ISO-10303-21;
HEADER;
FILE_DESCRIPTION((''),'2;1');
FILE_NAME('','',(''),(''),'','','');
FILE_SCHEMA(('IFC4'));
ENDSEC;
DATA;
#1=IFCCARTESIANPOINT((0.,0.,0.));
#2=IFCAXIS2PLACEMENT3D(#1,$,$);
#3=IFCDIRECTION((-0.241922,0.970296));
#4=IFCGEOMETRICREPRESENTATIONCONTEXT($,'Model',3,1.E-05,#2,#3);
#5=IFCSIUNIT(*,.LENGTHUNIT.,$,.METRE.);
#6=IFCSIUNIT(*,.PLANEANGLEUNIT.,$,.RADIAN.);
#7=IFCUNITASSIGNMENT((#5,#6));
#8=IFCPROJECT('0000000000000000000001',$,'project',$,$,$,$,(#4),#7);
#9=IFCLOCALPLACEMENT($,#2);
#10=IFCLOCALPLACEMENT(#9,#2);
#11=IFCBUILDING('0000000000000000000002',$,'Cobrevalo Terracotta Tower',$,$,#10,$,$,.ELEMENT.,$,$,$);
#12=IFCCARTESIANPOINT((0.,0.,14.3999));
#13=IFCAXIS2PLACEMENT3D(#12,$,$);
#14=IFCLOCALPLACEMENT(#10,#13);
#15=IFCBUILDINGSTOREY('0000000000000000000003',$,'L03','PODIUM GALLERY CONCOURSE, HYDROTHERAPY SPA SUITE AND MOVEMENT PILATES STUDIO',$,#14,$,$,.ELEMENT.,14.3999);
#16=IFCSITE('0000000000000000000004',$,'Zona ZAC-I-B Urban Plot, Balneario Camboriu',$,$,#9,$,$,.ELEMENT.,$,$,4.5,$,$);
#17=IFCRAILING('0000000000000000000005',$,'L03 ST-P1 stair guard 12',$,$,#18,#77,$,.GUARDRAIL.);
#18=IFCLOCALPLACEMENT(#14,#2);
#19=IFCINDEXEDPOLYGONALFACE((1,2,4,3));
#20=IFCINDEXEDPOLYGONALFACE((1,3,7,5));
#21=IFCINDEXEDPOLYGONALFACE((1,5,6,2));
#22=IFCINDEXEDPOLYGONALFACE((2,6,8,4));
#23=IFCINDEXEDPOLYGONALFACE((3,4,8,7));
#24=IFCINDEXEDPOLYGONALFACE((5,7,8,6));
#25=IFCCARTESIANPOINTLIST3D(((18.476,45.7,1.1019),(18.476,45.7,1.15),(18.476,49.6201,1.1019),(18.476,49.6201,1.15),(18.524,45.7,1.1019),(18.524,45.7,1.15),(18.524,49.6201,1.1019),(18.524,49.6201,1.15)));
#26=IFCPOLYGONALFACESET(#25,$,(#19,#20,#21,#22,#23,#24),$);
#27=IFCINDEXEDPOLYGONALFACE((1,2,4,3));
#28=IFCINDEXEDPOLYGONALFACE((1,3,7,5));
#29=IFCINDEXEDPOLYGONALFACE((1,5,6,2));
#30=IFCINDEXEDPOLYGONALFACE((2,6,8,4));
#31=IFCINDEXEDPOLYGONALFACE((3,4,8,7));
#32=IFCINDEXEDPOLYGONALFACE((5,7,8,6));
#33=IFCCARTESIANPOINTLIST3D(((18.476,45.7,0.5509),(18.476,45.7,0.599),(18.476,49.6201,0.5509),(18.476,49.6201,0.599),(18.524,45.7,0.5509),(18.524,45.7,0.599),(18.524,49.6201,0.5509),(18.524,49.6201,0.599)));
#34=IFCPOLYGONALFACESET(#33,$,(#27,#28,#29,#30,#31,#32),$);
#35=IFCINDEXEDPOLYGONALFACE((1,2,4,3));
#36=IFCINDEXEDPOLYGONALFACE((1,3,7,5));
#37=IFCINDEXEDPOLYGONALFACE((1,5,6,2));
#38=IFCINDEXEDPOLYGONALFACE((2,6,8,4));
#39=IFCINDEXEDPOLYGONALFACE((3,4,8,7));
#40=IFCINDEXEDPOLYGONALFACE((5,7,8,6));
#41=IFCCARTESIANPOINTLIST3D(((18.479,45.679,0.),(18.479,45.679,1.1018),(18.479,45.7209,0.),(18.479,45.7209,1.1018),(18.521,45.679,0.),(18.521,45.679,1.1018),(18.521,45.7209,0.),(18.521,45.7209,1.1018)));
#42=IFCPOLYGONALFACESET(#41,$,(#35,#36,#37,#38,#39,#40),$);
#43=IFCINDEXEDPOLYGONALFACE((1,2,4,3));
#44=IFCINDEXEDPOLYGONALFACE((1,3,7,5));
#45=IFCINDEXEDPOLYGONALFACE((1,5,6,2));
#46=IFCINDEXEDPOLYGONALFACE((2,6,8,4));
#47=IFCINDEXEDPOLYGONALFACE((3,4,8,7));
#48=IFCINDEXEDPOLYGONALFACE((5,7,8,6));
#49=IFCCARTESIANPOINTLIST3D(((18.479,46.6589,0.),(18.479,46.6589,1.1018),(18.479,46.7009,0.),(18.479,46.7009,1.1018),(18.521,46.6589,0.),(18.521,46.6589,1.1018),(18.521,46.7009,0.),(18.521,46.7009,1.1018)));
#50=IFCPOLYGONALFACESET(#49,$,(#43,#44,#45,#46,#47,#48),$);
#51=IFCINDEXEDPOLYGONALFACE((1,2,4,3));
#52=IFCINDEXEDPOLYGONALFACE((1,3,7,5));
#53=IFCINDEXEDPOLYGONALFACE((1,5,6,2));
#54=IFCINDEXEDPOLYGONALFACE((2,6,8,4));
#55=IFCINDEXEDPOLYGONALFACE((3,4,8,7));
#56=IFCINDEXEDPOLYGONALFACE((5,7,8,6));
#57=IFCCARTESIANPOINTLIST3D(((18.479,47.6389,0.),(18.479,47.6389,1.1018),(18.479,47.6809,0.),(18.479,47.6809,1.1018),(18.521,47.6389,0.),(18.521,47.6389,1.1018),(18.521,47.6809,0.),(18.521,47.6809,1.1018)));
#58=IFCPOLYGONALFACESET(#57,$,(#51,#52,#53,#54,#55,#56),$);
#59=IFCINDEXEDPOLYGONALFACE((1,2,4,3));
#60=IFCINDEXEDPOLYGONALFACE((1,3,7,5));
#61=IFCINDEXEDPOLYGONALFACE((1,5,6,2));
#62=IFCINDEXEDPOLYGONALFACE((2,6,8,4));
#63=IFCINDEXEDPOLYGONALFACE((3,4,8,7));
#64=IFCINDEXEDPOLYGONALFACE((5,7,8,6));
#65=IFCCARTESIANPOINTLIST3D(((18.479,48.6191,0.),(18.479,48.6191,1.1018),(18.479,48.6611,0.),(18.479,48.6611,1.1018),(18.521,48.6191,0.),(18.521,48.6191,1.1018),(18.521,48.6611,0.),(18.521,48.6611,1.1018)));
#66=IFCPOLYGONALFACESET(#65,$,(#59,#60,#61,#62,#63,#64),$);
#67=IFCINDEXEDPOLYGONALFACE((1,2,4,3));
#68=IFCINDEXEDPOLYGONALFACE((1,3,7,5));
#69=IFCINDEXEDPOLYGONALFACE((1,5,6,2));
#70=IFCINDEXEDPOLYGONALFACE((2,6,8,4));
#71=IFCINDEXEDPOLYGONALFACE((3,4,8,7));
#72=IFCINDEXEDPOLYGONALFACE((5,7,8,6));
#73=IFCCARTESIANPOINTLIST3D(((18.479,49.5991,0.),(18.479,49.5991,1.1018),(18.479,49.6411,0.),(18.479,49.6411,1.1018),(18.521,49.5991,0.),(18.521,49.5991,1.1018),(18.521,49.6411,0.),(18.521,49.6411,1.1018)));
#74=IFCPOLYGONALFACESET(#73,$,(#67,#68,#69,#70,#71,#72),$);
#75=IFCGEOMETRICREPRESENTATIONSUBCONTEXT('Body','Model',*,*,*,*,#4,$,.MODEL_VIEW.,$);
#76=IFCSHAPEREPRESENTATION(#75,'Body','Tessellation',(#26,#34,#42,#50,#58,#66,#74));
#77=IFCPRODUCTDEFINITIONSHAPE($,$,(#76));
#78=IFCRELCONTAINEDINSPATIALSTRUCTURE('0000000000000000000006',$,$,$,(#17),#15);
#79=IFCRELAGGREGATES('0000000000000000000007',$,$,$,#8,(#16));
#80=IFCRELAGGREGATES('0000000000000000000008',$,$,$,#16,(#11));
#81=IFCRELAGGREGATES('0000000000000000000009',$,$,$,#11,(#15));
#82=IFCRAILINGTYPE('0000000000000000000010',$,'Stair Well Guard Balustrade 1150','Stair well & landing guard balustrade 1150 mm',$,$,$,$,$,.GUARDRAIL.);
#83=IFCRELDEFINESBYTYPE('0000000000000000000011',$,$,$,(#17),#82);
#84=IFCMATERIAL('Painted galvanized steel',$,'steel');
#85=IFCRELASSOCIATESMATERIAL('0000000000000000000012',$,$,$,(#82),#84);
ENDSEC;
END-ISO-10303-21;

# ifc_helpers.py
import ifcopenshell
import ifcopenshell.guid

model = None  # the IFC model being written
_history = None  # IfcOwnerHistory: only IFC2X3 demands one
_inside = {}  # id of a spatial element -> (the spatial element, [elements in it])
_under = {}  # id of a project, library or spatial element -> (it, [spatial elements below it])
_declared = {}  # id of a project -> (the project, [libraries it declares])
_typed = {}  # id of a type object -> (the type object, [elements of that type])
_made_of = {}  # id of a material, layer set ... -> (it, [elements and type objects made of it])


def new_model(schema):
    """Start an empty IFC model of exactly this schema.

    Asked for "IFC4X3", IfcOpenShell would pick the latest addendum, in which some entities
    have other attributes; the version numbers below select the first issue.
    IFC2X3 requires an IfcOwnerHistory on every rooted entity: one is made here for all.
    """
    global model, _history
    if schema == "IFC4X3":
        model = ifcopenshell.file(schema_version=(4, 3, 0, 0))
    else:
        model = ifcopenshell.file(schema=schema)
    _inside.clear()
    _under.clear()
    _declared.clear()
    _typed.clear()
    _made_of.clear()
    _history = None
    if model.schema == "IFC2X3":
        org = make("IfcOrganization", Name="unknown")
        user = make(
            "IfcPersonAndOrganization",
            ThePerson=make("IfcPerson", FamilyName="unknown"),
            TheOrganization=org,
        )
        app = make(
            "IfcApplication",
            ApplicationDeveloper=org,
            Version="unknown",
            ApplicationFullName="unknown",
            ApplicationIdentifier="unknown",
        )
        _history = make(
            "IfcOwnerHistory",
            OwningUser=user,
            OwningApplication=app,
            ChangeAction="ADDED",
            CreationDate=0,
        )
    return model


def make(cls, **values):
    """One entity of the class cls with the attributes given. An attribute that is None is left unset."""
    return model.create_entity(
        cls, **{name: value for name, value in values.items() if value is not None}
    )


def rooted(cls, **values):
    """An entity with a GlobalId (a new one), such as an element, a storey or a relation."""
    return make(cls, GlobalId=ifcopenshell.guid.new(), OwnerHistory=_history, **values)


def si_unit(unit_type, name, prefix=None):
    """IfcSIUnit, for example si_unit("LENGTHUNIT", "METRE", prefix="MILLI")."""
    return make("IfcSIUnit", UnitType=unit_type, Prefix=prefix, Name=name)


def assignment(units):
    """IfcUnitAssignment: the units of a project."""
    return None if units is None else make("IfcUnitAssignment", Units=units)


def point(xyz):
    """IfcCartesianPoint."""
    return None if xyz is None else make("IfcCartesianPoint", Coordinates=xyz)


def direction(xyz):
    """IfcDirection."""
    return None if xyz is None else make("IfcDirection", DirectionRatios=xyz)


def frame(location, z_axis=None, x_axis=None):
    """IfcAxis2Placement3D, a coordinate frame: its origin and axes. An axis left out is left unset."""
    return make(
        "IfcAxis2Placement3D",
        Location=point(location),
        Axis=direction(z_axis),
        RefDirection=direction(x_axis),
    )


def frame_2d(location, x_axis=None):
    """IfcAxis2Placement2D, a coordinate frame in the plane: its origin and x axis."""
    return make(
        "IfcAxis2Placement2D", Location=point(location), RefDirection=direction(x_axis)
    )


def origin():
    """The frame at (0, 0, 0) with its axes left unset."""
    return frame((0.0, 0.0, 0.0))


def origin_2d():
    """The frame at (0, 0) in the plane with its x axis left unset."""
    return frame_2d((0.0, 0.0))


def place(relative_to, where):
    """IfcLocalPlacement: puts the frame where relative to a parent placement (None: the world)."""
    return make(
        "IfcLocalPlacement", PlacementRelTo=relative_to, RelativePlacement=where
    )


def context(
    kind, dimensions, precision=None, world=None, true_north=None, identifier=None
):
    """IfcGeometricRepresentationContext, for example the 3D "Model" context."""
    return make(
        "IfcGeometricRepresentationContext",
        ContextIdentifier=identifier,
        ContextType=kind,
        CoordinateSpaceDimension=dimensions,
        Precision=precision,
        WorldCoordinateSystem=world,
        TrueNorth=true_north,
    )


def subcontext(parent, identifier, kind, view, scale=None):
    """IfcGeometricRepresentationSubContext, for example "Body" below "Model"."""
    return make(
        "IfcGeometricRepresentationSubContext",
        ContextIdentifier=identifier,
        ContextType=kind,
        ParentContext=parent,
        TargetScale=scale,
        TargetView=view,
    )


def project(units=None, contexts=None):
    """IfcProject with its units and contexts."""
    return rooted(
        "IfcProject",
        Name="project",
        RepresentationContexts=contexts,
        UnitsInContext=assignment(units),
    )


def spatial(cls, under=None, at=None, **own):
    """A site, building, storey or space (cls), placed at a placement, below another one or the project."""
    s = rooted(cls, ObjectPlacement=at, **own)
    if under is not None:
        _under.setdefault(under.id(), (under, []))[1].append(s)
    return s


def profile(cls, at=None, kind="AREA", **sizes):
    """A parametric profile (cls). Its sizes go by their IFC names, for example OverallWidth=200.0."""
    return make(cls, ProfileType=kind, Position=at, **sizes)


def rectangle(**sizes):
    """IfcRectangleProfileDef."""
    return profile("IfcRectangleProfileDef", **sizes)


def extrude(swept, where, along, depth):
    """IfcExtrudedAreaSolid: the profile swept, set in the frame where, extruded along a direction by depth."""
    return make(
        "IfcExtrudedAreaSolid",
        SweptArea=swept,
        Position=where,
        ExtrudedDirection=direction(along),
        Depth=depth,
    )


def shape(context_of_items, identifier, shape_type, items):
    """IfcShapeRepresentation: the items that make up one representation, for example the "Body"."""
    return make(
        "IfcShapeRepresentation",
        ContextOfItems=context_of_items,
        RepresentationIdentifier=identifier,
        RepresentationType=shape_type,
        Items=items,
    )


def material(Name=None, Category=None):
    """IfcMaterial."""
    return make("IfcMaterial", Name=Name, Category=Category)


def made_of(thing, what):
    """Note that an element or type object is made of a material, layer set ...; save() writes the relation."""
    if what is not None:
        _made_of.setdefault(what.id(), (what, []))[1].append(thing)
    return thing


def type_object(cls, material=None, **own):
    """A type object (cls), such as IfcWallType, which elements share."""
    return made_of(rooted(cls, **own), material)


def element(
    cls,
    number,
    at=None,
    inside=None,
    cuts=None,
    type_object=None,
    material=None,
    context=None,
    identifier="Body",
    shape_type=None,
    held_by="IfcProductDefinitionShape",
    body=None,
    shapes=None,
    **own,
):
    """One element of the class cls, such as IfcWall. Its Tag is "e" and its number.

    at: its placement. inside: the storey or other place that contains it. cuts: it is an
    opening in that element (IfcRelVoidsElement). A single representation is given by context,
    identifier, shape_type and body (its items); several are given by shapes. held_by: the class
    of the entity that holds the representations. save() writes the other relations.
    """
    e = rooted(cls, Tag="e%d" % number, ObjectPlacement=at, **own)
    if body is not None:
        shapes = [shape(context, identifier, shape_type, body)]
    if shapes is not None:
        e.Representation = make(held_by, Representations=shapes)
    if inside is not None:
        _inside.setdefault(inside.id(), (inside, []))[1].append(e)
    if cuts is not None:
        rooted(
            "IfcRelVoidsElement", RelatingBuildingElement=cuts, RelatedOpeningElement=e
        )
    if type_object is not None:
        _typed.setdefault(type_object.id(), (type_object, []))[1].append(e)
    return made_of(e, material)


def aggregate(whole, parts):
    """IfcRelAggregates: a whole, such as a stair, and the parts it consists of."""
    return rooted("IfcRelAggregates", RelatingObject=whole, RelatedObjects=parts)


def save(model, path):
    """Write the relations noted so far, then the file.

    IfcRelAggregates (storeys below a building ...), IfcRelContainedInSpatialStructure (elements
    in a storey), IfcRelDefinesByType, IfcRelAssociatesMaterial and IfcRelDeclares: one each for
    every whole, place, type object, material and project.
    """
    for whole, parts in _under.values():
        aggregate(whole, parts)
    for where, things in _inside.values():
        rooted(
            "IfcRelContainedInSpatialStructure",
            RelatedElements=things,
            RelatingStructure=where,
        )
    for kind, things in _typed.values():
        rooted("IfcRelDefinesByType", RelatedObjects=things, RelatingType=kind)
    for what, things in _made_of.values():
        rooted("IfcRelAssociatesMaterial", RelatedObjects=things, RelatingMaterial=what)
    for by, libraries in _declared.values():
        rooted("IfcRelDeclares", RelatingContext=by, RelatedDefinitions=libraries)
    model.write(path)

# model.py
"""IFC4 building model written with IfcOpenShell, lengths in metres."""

from ifc_helpers import new_model, si_unit, direction, frame, origin, origin_2d, place, context, subcontext, project, spatial, rectangle, extrude, material, type_object, element, save


model = new_model("IFC4")

# Units and contexts
model_context = context("Model", 3, precision=1e-05, world=origin(), true_north=direction((-0.241922, 0.970296)))
body_context = subcontext(model_context, "Body", "Model", "MODEL_VIEW")
ifc_project = project(units=[si_unit("LENGTHUNIT", "METRE"), si_unit("PLANEANGLEUNIT", "RADIAN")], contexts=[model_context])

# Site, building, storey
site_placement = place(None, origin())
site = spatial("IfcSite", under=ifc_project, at=site_placement, Name="Zona ZAC-I-B Urban Plot, Balneario Camboriu", CompositionType="ELEMENT", RefElevation=4.5)
building_placement = place(site_placement, origin())
building = spatial("IfcBuilding", under=site, at=building_placement, Name="Cobrevalo Terracotta Tower", CompositionType="ELEMENT")
storey_placement = place(building_placement, frame((0.0, 0.0, 14.3999)))
storey = spatial("IfcBuildingStorey", under=building, at=storey_placement, Name="L03", Description="PODIUM GALLERY CONCOURSE, HYDROTHERAPY SPA SUITE AND MOVEMENT PILATES STUDIO", CompositionType="ELEMENT", Elevation=14.3999)

# Railing
ifc_material_1 = material(Name="Painted galvanized steel", Category="steel")
railing_type = type_object("IfcRailingType", Name="Stair Well Guard Balustrade 1150", Description="Stair well & landing guard balustrade 1150 mm", PredefinedType="GUARDRAIL", material=ifc_material_1)
railing_placement = place(storey_placement, frame((18.5, 45.7, 0.0)))
element("IfcRailing", 1, at=railing_placement, inside=storey, type_object=railing_type, Name="L03 ST-P1 stair guard 12", PredefinedType="GUARDRAIL", context=body_context, shape_type="SweptSolid", body=[
    extrude(rectangle(XDim=0.0481, YDim=0.0481, at=origin_2d()), frame((0.0, 0.0, 1.126), z_axis=(0.0, 1.0, 0.0), x_axis=(-1.0, 0.0, 0.0)), (0.0, 0.0, 1.0), 3.9202),
    extrude(rectangle(XDim=0.0481, YDim=0.0481, at=origin_2d()), frame((0.0, 0.0, 0.575), z_axis=(0.0, 1.0, 0.0), x_axis=(-1.0, 0.0, 0.0)), (0.0, 0.0, 1.0), 3.9202),
    extrude(rectangle(XDim=0.042, YDim=0.042, at=origin_2d()), origin(), (0.0, 0.0, 1.0), 1.1018),
    extrude(rectangle(XDim=0.042, YDim=0.042, at=origin_2d()), frame((0.0, 0.98, 0.0)), (0.0, 0.0, 1.0), 1.1018),
    extrude(rectangle(XDim=0.042, YDim=0.042, at=origin_2d()), frame((0.0, 1.96, 0.0)), (0.0, 0.0, 1.0), 1.1018),
    extrude(rectangle(XDim=0.042, YDim=0.042, at=origin_2d()), frame((0.0, 2.9402, 0.0)), (0.0, 0.0, 1.0), 1.1018),
    extrude(rectangle(XDim=0.042, YDim=0.042, at=origin_2d()), frame((0.0, 3.9202, 0.0)), (0.0, 0.0, 1.0), 1.1018),
])

save(model, "model.ifc")
